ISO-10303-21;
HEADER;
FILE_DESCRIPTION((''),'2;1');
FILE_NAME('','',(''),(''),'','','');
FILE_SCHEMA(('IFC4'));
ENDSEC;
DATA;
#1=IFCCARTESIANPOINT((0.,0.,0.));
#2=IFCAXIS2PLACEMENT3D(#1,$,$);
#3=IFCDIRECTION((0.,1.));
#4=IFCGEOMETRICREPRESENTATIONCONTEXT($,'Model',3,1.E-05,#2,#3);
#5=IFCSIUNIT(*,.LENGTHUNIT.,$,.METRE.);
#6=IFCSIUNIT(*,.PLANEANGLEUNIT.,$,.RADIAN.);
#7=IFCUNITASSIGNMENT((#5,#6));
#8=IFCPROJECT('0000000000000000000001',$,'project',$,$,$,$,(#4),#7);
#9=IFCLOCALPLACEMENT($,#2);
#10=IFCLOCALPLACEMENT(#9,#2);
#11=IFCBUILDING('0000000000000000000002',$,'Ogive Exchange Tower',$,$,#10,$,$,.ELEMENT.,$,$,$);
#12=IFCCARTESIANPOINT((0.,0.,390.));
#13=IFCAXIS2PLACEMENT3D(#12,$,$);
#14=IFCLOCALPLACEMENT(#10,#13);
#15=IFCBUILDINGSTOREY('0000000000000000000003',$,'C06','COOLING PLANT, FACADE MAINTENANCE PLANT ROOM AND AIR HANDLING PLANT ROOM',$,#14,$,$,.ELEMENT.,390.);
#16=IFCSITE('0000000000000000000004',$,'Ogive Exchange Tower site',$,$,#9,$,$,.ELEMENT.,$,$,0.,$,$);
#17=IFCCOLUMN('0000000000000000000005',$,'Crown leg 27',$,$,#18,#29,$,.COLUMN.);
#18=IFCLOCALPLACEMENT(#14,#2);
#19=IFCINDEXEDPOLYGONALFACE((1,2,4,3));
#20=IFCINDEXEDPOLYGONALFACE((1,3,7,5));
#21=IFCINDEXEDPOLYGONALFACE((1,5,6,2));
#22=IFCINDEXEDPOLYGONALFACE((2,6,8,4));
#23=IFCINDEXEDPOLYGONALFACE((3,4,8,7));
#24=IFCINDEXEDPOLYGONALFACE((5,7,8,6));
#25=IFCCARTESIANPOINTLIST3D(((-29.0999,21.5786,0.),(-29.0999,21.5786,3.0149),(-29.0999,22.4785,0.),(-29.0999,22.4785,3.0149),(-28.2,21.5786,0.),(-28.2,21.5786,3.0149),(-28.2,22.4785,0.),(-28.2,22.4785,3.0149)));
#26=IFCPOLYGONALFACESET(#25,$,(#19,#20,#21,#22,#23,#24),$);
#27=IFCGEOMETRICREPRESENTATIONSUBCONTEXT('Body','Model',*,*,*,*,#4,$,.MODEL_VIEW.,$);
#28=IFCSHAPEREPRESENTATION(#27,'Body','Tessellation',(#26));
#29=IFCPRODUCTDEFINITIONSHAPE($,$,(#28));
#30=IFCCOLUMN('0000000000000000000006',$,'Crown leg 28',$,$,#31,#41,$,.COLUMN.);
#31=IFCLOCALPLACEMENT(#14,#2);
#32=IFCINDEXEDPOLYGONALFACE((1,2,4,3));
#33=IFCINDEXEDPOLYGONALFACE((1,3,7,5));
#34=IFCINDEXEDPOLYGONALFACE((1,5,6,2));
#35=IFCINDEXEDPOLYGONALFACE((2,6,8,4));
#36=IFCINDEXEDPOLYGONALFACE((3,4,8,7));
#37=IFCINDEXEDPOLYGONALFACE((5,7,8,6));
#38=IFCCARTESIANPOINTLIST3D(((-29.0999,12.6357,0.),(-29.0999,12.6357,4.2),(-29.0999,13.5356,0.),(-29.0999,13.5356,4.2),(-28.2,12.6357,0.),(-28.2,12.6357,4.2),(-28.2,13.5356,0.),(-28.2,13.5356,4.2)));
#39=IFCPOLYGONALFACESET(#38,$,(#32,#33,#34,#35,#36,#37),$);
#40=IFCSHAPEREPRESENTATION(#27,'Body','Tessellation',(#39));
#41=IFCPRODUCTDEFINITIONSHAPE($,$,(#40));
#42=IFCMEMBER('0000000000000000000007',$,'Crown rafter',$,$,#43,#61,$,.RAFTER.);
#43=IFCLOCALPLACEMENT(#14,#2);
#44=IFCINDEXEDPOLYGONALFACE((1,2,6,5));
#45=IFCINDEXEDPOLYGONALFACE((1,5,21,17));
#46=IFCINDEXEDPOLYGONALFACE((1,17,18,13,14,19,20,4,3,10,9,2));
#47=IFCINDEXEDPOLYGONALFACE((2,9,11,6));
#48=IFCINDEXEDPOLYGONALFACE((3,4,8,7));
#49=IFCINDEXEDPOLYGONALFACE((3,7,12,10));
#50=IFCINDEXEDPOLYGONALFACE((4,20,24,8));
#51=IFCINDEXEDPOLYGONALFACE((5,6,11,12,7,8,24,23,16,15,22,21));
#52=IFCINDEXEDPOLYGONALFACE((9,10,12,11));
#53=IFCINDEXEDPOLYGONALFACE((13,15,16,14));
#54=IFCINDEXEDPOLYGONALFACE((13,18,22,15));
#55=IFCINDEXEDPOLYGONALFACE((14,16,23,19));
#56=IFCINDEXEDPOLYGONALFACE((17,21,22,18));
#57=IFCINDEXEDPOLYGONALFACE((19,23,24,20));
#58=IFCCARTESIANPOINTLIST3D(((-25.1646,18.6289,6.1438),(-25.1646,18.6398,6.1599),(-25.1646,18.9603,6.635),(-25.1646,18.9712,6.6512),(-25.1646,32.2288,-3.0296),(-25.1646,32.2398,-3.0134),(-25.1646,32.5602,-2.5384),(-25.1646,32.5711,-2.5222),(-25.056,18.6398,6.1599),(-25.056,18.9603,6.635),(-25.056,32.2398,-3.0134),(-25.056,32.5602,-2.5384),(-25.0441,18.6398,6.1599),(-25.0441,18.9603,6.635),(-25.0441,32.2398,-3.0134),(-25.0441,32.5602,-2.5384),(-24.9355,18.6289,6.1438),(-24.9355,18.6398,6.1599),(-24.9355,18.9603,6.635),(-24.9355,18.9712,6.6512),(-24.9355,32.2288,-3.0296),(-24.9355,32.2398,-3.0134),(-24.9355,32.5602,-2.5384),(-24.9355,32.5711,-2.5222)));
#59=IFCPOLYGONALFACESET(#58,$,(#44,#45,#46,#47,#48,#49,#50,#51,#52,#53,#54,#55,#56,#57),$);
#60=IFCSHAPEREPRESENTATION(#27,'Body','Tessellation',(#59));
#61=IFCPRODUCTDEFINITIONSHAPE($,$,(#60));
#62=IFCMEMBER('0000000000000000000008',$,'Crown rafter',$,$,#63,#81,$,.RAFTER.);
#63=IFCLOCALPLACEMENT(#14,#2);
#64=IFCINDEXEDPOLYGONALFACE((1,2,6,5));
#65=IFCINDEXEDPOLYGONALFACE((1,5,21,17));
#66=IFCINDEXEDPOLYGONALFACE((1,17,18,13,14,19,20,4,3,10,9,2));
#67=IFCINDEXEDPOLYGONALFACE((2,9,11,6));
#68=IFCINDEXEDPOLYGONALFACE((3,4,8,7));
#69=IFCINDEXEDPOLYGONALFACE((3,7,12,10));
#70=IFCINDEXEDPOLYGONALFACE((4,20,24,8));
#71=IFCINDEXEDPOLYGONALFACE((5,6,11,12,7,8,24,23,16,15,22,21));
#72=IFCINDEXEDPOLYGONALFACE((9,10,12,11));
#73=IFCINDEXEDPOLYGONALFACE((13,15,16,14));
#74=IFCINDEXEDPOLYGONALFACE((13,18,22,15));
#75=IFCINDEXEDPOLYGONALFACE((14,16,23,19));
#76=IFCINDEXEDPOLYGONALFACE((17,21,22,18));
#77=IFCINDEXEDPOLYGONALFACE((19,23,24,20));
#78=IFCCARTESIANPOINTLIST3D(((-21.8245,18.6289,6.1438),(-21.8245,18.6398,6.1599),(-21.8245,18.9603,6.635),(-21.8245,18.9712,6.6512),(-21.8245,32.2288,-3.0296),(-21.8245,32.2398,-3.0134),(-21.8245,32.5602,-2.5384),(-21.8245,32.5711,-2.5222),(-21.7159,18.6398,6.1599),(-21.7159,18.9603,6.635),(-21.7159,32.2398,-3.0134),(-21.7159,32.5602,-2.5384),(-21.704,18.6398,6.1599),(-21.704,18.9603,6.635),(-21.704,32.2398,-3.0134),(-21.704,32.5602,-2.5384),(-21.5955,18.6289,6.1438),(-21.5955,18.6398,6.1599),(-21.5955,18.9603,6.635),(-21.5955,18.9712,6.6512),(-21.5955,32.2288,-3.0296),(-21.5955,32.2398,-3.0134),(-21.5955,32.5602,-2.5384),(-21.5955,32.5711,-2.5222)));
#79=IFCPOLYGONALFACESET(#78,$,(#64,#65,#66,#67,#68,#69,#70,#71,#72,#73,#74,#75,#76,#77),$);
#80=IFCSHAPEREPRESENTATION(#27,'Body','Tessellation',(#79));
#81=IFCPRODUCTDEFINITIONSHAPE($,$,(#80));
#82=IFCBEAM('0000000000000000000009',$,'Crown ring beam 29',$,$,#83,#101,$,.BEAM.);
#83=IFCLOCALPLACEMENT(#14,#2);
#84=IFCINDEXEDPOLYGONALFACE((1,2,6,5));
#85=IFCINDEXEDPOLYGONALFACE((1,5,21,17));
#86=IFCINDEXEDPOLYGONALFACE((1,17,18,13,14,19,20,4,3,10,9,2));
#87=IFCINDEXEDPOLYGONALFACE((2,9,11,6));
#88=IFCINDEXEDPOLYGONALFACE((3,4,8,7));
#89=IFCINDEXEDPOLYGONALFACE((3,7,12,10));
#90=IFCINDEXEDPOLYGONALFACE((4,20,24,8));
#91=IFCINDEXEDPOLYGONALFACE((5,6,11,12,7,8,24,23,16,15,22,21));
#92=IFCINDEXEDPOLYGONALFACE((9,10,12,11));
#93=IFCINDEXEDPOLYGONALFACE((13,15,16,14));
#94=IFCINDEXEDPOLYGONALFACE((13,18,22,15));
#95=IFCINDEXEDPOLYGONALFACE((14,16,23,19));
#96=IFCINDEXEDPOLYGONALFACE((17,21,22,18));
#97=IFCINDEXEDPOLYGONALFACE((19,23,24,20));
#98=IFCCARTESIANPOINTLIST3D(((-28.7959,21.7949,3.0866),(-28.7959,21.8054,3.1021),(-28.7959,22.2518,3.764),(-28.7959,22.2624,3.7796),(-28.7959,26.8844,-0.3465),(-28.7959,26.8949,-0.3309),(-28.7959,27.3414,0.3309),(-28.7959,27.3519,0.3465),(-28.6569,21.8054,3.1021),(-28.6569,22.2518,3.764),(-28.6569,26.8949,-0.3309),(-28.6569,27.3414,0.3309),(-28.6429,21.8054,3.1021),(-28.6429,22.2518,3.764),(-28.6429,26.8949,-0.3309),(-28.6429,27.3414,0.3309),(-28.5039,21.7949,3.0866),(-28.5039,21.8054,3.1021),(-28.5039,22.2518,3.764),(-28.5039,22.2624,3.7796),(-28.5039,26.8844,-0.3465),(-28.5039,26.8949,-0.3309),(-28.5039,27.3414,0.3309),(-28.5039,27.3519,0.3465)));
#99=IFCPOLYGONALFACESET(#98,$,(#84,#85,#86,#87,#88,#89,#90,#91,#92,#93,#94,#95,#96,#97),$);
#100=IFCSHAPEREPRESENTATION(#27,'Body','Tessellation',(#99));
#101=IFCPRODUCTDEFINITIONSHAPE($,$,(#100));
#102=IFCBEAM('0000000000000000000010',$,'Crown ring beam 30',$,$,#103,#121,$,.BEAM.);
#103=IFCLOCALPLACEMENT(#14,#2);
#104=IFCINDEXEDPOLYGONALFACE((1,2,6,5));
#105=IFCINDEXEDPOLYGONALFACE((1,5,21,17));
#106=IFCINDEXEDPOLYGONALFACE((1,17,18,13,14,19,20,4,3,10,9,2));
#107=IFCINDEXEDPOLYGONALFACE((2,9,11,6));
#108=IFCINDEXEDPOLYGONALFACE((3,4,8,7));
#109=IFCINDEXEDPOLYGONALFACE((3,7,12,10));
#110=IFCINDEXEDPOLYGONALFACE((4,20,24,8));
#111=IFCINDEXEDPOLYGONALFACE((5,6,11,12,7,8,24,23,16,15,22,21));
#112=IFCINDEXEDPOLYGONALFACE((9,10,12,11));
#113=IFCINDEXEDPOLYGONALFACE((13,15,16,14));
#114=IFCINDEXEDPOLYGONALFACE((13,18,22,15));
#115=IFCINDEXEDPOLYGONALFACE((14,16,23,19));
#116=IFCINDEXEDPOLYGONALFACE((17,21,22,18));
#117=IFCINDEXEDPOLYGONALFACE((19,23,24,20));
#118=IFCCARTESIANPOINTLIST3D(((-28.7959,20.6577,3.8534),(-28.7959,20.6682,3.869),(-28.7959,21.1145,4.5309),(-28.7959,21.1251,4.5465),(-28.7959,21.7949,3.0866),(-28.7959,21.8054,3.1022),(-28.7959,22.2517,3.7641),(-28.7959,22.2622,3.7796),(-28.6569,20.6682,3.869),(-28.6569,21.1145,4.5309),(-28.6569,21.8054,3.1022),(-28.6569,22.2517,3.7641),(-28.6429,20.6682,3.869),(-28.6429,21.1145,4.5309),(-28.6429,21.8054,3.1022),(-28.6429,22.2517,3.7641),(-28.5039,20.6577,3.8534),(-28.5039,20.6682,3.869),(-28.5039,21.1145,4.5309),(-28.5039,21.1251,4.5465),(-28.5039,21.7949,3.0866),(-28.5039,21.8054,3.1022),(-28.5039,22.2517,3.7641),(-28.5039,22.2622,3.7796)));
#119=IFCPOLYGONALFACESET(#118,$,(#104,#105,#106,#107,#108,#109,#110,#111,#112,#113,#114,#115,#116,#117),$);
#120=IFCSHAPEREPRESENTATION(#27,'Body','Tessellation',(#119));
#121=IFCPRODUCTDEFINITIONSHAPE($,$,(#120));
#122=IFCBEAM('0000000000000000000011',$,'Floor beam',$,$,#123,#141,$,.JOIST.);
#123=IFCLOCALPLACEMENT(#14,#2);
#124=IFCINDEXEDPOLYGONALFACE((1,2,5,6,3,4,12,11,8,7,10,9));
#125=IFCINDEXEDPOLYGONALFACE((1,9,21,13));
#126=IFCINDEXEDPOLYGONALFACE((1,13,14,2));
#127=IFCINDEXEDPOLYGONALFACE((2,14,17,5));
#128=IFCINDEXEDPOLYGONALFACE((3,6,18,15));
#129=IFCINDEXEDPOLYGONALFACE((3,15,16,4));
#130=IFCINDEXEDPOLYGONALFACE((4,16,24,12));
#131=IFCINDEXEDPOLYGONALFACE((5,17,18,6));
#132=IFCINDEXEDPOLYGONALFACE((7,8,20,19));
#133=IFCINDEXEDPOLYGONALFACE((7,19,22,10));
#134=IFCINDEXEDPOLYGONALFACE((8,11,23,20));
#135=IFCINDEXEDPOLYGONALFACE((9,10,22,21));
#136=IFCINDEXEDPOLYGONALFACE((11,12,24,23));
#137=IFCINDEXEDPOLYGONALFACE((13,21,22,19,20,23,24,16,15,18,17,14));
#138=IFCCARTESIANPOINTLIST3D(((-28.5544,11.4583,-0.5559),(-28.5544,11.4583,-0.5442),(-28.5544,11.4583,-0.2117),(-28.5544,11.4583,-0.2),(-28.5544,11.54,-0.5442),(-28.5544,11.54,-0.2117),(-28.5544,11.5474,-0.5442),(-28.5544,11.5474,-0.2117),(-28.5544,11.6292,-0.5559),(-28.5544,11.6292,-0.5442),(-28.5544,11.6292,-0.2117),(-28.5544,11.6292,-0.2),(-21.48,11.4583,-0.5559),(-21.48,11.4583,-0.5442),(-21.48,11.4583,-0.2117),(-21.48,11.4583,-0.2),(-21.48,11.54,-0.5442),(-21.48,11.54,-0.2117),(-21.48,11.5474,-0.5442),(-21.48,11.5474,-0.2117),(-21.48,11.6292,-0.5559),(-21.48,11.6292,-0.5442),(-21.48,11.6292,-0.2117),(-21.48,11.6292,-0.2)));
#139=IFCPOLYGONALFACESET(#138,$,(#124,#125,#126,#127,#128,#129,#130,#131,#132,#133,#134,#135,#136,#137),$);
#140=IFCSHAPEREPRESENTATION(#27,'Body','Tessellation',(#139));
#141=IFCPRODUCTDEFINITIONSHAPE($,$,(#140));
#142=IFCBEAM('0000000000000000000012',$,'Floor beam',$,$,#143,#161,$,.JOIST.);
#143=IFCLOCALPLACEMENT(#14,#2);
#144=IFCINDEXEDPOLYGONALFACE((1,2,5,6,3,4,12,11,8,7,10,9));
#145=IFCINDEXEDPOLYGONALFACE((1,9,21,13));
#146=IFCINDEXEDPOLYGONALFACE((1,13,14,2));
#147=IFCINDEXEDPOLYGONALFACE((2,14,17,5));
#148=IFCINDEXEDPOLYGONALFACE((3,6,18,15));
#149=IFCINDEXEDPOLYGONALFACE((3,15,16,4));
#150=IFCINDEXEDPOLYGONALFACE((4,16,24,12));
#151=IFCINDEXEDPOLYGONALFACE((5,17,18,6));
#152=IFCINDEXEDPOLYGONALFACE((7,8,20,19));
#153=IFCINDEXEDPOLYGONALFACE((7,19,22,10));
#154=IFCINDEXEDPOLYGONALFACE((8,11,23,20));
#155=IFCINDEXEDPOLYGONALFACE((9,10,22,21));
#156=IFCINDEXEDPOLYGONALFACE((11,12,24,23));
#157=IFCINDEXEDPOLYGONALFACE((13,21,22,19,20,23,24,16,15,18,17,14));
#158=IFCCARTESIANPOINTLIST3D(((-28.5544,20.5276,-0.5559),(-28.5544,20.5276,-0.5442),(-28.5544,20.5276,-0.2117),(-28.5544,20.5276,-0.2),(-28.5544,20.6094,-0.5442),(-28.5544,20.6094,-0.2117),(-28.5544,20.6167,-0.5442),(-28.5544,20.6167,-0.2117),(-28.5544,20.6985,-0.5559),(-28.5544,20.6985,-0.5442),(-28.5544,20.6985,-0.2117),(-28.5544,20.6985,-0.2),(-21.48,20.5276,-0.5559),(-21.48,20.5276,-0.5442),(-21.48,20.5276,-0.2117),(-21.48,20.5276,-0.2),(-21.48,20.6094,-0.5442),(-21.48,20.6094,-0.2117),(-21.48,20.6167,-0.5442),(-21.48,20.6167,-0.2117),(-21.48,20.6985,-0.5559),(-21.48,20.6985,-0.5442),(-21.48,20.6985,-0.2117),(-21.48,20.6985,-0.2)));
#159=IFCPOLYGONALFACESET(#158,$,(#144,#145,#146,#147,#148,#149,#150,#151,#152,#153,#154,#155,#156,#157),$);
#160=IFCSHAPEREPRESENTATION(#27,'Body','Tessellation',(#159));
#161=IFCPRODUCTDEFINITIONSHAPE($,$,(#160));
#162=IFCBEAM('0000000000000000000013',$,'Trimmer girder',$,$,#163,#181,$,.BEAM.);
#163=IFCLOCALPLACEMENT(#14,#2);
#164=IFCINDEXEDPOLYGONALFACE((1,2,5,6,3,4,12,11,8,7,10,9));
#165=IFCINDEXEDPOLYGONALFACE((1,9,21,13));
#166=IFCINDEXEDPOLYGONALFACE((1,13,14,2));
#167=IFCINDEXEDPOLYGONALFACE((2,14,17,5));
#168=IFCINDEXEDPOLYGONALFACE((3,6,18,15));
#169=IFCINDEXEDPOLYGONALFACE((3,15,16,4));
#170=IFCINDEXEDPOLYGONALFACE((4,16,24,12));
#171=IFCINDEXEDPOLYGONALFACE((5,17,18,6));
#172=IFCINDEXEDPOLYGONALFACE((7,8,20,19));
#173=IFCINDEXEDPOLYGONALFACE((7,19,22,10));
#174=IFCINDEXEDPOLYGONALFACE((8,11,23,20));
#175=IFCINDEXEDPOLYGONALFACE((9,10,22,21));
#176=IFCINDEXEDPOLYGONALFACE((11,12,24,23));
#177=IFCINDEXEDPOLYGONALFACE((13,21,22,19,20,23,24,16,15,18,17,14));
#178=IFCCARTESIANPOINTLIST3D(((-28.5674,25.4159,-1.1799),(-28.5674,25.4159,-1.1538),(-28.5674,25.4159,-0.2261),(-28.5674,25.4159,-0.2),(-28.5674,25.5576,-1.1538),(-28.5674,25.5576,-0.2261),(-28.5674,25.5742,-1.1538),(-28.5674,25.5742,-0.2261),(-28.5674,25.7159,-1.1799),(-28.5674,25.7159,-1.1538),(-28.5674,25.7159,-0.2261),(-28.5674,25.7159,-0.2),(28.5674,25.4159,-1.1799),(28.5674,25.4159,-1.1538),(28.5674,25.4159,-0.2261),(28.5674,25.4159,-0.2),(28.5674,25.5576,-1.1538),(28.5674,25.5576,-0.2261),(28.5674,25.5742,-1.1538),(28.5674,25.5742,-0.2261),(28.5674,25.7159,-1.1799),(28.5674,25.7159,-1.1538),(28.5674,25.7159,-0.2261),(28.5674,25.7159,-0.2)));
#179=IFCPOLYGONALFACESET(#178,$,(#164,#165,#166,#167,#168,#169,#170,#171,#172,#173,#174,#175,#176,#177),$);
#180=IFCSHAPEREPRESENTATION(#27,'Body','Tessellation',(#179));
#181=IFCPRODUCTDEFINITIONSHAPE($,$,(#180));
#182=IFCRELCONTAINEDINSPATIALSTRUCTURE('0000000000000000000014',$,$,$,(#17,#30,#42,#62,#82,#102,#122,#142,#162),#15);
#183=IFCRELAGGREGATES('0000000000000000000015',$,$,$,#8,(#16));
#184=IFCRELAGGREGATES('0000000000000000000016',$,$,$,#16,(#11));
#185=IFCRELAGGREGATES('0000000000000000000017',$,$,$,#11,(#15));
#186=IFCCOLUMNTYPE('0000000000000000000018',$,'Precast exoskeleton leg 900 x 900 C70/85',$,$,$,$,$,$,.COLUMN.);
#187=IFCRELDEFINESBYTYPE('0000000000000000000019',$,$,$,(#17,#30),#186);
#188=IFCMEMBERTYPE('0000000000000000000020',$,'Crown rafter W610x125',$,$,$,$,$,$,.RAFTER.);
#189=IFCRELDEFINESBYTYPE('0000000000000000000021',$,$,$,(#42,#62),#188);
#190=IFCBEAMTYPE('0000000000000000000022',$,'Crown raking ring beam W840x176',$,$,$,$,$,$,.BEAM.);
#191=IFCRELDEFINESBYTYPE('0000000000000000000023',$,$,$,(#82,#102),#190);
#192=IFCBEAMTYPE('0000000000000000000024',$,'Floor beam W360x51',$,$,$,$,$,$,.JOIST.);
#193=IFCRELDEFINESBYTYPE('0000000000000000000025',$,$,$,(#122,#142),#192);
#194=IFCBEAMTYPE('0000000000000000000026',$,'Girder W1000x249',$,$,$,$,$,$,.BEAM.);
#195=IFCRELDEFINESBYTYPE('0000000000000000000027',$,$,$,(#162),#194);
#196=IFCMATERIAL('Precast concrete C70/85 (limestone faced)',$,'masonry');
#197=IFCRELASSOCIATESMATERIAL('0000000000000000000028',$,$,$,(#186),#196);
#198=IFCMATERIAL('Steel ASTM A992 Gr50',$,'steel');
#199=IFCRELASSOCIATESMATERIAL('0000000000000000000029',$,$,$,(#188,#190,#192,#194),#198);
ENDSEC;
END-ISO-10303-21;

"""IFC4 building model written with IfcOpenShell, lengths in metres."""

from ifc_helpers import new_model, si_unit, direction, frame, origin, origin_2d, place, context, subcontext, project, spatial, rectangle, i_section, extrude, material, material_profile, profile_set, type_object, element, save


model = new_model("IFC4")

# Units and contexts
model_context = context("Model", 3, precision=1e-05, world=origin(), true_north=direction((0.0, 1.0)))
body_context = subcontext(model_context, "Body", "Model", "MODEL_VIEW")
ifc_project = project(units=[si_unit("LENGTHUNIT", "METRE"), si_unit("PLANEANGLEUNIT", "RADIAN")], contexts=[model_context])

# Site, building, storey
site_placement = place(None, origin())
site = spatial("IfcSite", under=ifc_project, at=site_placement, Name="Ogive Exchange Tower site", CompositionType="ELEMENT", RefElevation=0.0)
building_placement = place(site_placement, origin())
building = spatial("IfcBuilding", under=site, at=building_placement, Name="Ogive Exchange Tower", CompositionType="ELEMENT")
storey_placement = place(building_placement, frame((0.0, 0.0, 390.0)))
storey = spatial("IfcBuildingStorey", under=building, at=storey_placement, Name="C06", Description="COOLING PLANT, FACADE MAINTENANCE PLANT ROOM AND AIR HANDLING PLANT ROOM", CompositionType="ELEMENT", Elevation=390.0)

# Columns
ifc_material_1 = material(Name="Precast concrete C70/85 (limestone faced)", Category="masonry")
ifc_material_profile_1 = material_profile(ifc_material_1, rectangle(XDim=0.8999, YDim=0.8999, at=origin_2d()), Name="900 x 900")
ifc_profile_set_1 = profile_set([ifc_material_profile_1], Name="Precast concrete C70/85 (limestone faced)")
column_type = type_object("IfcColumnType", Name="Precast exoskeleton leg 900 x 900 C70/85", PredefinedType="COLUMN", material=ifc_profile_set_1)
column_1_placement = place(storey_placement, frame((-28.6499, 22.0286, 0.0), z_axis=(0.0, 0.0, 1.0), x_axis=(1.0, 0.0, 0.0)))
element("IfcColumn", 1, at=column_1_placement, inside=storey, type_object=column_type, Name="Crown leg 27", PredefinedType="COLUMN", context=body_context, shape_type="SweptSolid", body=[
    extrude(rectangle(XDim=0.8999, YDim=0.8999, at=origin_2d()), origin(), (0.0, 0.0, 1.0), 3.0149),
])
column_2_placement = place(storey_placement, frame((-28.6499, 13.0857, 0.0), z_axis=(0.0, 0.0, 1.0), x_axis=(1.0, 0.0, 0.0)))
element("IfcColumn", 2, at=column_2_placement, inside=storey, type_object=column_type, Name="Crown leg 28", PredefinedType="COLUMN", context=body_context, shape_type="SweptSolid", body=[
    extrude(rectangle(XDim=0.8999, YDim=0.8999, at=origin_2d()), origin(), (0.0, 0.0, 1.0), 4.2),
])

# Members
ifc_material_2 = material(Name="Steel ASTM A992 Gr50", Category="steel")
ifc_material_profile_2 = material_profile(ifc_material_2, i_section(OverallWidth=0.229, OverallDepth=0.6121, WebThickness=0.012, FlangeThickness=0.0195, at=origin_2d()), Name="W610x125")
ifc_profile_set_2 = profile_set([ifc_material_profile_2], Name="Steel ASTM A992 Gr50")
member_type = type_object("IfcMemberType", Name="Crown rafter W610x125", PredefinedType="RAFTER", material=ifc_profile_set_2)
for number, where, z_axis, x_axis, name in (
    (3, (-25.05, 18.8, 6.3975), (0.0, 0.829034, -0.559198), (-1.0, 0.0, 0.0), "Crown rafter"),
    (4, (-21.71, 18.8, 6.3975), (0.0, 0.829034, -0.559198), (-1.0, 0.0, 0.0), "Crown rafter"),
):
    element("IfcMember", number, at=place(storey_placement, frame(where, z_axis=z_axis, x_axis=x_axis)), inside=storey, type_object=member_type, Name=name, PredefinedType="RAFTER", context=body_context, shape_type="SweptSolid", body=[
        extrude(i_section(OverallWidth=0.229, OverallDepth=0.6121, WebThickness=0.012, FlangeThickness=0.0195, at=origin_2d()), origin(), (0.0, 0.0, 1.0), 16.4045),
    ])

# Beams
ifc_material_profile_3 = material_profile(ifc_material_2, i_section(OverallWidth=0.292, OverallDepth=0.8359, WebThickness=0.0139, FlangeThickness=0.0188, at=origin_2d()), Name="W840x176")
ifc_profile_set_3 = profile_set([ifc_material_profile_3], Name="Steel ASTM A992 Gr50")
beam_type_1 = type_object("IfcBeamType", Name="Crown raking ring beam W840x176", PredefinedType="BEAM", material=ifc_profile_set_3)
beam_1_placement = place(storey_placement, frame((-28.6499, 27.1182, 0.0), z_axis=(0.0, -0.829028, 0.559207), x_axis=(1.0, 0.0, 0.0)))
element("IfcBeam", 5, at=beam_1_placement, inside=storey, type_object=beam_type_1, Name="Crown ring beam 29", PredefinedType="BEAM", context=body_context, shape_type="SweptSolid", body=[
    extrude(i_section(OverallWidth=0.292, OverallDepth=0.8359, WebThickness=0.0139, FlangeThickness=0.0188, at=origin_2d()), origin(), (0.0, 0.0, 1.0), 6.1392),
])
beam_2_placement = place(storey_placement, frame((-28.6499, 22.0286, 3.4331), z_axis=(0.0, -0.829109, 0.559088), x_axis=(1.0, 0.0, 0.0)))
element("IfcBeam", 6, at=beam_2_placement, inside=storey, type_object=beam_type_1, Name="Crown ring beam 30", PredefinedType="BEAM", context=body_context, shape_type="SweptSolid", body=[
    extrude(i_section(OverallWidth=0.292, OverallDepth=0.8359, WebThickness=0.0139, FlangeThickness=0.0188, at=origin_2d()), origin(), (0.0, 0.0, 1.0), 1.3716),
])
ifc_material_profile_4 = material_profile(ifc_material_2, i_section(OverallWidth=0.1709, OverallDepth=0.356, WebThickness=0.0073, FlangeThickness=0.0117, at=origin_2d()), Name="W360x51")
ifc_profile_set_4 = profile_set([ifc_material_profile_4], Name="Steel ASTM A992 Gr50")
beam_type_2 = type_object("IfcBeamType", Name="Floor beam W360x51", PredefinedType="JOIST", material=ifc_profile_set_4)
for number, where, z_axis, x_axis, name in (
    (7, (-28.5544, 11.5437, -0.3779), (1.0, 0.0, 0.0), (0.0, 1.0, 0.0), "Floor beam"),
    (8, (-28.5544, 20.613, -0.3779), (1.0, 0.0, 0.0), (0.0, 1.0, 0.0), "Floor beam"),
):
    element("IfcBeam", number, at=place(storey_placement, frame(where, z_axis=z_axis, x_axis=x_axis)), inside=storey, type_object=beam_type_2, Name=name, PredefinedType="JOIST", context=body_context, shape_type="SweptSolid", body=[
        extrude(i_section(OverallWidth=0.1709, OverallDepth=0.356, WebThickness=0.0073, FlangeThickness=0.0117, at=origin_2d()), origin(), (0.0, 0.0, 1.0), 7.0745),
    ])
ifc_material_profile_5 = material_profile(ifc_material_2, i_section(OverallWidth=0.3, OverallDepth=0.98, WebThickness=0.0166, FlangeThickness=0.0261, at=origin_2d()), Name="W1000x249")
ifc_profile_set_5 = profile_set([ifc_material_profile_5], Name="Steel ASTM A992 Gr50")
beam_type_3 = type_object("IfcBeamType", Name="Girder W1000x249", PredefinedType="BEAM", material=ifc_profile_set_5)
beam_3_placement = place(storey_placement, frame((-28.5674, 25.5659, -0.6899), z_axis=(1.0, 0.0, 0.0), x_axis=(0.0, 1.0, 0.0)))
element("IfcBeam", 9, at=beam_3_placement, inside=storey, type_object=beam_type_3, Name="Trimmer girder", PredefinedType="BEAM", context=body_context, shape_type="SweptSolid", body=[
    extrude(i_section(OverallWidth=0.3, OverallDepth=0.98, WebThickness=0.0166, FlangeThickness=0.0261, at=origin_2d()), origin(), (0.0, 0.0, 1.0), 57.1348),
])

save(model, "model.ifc")
